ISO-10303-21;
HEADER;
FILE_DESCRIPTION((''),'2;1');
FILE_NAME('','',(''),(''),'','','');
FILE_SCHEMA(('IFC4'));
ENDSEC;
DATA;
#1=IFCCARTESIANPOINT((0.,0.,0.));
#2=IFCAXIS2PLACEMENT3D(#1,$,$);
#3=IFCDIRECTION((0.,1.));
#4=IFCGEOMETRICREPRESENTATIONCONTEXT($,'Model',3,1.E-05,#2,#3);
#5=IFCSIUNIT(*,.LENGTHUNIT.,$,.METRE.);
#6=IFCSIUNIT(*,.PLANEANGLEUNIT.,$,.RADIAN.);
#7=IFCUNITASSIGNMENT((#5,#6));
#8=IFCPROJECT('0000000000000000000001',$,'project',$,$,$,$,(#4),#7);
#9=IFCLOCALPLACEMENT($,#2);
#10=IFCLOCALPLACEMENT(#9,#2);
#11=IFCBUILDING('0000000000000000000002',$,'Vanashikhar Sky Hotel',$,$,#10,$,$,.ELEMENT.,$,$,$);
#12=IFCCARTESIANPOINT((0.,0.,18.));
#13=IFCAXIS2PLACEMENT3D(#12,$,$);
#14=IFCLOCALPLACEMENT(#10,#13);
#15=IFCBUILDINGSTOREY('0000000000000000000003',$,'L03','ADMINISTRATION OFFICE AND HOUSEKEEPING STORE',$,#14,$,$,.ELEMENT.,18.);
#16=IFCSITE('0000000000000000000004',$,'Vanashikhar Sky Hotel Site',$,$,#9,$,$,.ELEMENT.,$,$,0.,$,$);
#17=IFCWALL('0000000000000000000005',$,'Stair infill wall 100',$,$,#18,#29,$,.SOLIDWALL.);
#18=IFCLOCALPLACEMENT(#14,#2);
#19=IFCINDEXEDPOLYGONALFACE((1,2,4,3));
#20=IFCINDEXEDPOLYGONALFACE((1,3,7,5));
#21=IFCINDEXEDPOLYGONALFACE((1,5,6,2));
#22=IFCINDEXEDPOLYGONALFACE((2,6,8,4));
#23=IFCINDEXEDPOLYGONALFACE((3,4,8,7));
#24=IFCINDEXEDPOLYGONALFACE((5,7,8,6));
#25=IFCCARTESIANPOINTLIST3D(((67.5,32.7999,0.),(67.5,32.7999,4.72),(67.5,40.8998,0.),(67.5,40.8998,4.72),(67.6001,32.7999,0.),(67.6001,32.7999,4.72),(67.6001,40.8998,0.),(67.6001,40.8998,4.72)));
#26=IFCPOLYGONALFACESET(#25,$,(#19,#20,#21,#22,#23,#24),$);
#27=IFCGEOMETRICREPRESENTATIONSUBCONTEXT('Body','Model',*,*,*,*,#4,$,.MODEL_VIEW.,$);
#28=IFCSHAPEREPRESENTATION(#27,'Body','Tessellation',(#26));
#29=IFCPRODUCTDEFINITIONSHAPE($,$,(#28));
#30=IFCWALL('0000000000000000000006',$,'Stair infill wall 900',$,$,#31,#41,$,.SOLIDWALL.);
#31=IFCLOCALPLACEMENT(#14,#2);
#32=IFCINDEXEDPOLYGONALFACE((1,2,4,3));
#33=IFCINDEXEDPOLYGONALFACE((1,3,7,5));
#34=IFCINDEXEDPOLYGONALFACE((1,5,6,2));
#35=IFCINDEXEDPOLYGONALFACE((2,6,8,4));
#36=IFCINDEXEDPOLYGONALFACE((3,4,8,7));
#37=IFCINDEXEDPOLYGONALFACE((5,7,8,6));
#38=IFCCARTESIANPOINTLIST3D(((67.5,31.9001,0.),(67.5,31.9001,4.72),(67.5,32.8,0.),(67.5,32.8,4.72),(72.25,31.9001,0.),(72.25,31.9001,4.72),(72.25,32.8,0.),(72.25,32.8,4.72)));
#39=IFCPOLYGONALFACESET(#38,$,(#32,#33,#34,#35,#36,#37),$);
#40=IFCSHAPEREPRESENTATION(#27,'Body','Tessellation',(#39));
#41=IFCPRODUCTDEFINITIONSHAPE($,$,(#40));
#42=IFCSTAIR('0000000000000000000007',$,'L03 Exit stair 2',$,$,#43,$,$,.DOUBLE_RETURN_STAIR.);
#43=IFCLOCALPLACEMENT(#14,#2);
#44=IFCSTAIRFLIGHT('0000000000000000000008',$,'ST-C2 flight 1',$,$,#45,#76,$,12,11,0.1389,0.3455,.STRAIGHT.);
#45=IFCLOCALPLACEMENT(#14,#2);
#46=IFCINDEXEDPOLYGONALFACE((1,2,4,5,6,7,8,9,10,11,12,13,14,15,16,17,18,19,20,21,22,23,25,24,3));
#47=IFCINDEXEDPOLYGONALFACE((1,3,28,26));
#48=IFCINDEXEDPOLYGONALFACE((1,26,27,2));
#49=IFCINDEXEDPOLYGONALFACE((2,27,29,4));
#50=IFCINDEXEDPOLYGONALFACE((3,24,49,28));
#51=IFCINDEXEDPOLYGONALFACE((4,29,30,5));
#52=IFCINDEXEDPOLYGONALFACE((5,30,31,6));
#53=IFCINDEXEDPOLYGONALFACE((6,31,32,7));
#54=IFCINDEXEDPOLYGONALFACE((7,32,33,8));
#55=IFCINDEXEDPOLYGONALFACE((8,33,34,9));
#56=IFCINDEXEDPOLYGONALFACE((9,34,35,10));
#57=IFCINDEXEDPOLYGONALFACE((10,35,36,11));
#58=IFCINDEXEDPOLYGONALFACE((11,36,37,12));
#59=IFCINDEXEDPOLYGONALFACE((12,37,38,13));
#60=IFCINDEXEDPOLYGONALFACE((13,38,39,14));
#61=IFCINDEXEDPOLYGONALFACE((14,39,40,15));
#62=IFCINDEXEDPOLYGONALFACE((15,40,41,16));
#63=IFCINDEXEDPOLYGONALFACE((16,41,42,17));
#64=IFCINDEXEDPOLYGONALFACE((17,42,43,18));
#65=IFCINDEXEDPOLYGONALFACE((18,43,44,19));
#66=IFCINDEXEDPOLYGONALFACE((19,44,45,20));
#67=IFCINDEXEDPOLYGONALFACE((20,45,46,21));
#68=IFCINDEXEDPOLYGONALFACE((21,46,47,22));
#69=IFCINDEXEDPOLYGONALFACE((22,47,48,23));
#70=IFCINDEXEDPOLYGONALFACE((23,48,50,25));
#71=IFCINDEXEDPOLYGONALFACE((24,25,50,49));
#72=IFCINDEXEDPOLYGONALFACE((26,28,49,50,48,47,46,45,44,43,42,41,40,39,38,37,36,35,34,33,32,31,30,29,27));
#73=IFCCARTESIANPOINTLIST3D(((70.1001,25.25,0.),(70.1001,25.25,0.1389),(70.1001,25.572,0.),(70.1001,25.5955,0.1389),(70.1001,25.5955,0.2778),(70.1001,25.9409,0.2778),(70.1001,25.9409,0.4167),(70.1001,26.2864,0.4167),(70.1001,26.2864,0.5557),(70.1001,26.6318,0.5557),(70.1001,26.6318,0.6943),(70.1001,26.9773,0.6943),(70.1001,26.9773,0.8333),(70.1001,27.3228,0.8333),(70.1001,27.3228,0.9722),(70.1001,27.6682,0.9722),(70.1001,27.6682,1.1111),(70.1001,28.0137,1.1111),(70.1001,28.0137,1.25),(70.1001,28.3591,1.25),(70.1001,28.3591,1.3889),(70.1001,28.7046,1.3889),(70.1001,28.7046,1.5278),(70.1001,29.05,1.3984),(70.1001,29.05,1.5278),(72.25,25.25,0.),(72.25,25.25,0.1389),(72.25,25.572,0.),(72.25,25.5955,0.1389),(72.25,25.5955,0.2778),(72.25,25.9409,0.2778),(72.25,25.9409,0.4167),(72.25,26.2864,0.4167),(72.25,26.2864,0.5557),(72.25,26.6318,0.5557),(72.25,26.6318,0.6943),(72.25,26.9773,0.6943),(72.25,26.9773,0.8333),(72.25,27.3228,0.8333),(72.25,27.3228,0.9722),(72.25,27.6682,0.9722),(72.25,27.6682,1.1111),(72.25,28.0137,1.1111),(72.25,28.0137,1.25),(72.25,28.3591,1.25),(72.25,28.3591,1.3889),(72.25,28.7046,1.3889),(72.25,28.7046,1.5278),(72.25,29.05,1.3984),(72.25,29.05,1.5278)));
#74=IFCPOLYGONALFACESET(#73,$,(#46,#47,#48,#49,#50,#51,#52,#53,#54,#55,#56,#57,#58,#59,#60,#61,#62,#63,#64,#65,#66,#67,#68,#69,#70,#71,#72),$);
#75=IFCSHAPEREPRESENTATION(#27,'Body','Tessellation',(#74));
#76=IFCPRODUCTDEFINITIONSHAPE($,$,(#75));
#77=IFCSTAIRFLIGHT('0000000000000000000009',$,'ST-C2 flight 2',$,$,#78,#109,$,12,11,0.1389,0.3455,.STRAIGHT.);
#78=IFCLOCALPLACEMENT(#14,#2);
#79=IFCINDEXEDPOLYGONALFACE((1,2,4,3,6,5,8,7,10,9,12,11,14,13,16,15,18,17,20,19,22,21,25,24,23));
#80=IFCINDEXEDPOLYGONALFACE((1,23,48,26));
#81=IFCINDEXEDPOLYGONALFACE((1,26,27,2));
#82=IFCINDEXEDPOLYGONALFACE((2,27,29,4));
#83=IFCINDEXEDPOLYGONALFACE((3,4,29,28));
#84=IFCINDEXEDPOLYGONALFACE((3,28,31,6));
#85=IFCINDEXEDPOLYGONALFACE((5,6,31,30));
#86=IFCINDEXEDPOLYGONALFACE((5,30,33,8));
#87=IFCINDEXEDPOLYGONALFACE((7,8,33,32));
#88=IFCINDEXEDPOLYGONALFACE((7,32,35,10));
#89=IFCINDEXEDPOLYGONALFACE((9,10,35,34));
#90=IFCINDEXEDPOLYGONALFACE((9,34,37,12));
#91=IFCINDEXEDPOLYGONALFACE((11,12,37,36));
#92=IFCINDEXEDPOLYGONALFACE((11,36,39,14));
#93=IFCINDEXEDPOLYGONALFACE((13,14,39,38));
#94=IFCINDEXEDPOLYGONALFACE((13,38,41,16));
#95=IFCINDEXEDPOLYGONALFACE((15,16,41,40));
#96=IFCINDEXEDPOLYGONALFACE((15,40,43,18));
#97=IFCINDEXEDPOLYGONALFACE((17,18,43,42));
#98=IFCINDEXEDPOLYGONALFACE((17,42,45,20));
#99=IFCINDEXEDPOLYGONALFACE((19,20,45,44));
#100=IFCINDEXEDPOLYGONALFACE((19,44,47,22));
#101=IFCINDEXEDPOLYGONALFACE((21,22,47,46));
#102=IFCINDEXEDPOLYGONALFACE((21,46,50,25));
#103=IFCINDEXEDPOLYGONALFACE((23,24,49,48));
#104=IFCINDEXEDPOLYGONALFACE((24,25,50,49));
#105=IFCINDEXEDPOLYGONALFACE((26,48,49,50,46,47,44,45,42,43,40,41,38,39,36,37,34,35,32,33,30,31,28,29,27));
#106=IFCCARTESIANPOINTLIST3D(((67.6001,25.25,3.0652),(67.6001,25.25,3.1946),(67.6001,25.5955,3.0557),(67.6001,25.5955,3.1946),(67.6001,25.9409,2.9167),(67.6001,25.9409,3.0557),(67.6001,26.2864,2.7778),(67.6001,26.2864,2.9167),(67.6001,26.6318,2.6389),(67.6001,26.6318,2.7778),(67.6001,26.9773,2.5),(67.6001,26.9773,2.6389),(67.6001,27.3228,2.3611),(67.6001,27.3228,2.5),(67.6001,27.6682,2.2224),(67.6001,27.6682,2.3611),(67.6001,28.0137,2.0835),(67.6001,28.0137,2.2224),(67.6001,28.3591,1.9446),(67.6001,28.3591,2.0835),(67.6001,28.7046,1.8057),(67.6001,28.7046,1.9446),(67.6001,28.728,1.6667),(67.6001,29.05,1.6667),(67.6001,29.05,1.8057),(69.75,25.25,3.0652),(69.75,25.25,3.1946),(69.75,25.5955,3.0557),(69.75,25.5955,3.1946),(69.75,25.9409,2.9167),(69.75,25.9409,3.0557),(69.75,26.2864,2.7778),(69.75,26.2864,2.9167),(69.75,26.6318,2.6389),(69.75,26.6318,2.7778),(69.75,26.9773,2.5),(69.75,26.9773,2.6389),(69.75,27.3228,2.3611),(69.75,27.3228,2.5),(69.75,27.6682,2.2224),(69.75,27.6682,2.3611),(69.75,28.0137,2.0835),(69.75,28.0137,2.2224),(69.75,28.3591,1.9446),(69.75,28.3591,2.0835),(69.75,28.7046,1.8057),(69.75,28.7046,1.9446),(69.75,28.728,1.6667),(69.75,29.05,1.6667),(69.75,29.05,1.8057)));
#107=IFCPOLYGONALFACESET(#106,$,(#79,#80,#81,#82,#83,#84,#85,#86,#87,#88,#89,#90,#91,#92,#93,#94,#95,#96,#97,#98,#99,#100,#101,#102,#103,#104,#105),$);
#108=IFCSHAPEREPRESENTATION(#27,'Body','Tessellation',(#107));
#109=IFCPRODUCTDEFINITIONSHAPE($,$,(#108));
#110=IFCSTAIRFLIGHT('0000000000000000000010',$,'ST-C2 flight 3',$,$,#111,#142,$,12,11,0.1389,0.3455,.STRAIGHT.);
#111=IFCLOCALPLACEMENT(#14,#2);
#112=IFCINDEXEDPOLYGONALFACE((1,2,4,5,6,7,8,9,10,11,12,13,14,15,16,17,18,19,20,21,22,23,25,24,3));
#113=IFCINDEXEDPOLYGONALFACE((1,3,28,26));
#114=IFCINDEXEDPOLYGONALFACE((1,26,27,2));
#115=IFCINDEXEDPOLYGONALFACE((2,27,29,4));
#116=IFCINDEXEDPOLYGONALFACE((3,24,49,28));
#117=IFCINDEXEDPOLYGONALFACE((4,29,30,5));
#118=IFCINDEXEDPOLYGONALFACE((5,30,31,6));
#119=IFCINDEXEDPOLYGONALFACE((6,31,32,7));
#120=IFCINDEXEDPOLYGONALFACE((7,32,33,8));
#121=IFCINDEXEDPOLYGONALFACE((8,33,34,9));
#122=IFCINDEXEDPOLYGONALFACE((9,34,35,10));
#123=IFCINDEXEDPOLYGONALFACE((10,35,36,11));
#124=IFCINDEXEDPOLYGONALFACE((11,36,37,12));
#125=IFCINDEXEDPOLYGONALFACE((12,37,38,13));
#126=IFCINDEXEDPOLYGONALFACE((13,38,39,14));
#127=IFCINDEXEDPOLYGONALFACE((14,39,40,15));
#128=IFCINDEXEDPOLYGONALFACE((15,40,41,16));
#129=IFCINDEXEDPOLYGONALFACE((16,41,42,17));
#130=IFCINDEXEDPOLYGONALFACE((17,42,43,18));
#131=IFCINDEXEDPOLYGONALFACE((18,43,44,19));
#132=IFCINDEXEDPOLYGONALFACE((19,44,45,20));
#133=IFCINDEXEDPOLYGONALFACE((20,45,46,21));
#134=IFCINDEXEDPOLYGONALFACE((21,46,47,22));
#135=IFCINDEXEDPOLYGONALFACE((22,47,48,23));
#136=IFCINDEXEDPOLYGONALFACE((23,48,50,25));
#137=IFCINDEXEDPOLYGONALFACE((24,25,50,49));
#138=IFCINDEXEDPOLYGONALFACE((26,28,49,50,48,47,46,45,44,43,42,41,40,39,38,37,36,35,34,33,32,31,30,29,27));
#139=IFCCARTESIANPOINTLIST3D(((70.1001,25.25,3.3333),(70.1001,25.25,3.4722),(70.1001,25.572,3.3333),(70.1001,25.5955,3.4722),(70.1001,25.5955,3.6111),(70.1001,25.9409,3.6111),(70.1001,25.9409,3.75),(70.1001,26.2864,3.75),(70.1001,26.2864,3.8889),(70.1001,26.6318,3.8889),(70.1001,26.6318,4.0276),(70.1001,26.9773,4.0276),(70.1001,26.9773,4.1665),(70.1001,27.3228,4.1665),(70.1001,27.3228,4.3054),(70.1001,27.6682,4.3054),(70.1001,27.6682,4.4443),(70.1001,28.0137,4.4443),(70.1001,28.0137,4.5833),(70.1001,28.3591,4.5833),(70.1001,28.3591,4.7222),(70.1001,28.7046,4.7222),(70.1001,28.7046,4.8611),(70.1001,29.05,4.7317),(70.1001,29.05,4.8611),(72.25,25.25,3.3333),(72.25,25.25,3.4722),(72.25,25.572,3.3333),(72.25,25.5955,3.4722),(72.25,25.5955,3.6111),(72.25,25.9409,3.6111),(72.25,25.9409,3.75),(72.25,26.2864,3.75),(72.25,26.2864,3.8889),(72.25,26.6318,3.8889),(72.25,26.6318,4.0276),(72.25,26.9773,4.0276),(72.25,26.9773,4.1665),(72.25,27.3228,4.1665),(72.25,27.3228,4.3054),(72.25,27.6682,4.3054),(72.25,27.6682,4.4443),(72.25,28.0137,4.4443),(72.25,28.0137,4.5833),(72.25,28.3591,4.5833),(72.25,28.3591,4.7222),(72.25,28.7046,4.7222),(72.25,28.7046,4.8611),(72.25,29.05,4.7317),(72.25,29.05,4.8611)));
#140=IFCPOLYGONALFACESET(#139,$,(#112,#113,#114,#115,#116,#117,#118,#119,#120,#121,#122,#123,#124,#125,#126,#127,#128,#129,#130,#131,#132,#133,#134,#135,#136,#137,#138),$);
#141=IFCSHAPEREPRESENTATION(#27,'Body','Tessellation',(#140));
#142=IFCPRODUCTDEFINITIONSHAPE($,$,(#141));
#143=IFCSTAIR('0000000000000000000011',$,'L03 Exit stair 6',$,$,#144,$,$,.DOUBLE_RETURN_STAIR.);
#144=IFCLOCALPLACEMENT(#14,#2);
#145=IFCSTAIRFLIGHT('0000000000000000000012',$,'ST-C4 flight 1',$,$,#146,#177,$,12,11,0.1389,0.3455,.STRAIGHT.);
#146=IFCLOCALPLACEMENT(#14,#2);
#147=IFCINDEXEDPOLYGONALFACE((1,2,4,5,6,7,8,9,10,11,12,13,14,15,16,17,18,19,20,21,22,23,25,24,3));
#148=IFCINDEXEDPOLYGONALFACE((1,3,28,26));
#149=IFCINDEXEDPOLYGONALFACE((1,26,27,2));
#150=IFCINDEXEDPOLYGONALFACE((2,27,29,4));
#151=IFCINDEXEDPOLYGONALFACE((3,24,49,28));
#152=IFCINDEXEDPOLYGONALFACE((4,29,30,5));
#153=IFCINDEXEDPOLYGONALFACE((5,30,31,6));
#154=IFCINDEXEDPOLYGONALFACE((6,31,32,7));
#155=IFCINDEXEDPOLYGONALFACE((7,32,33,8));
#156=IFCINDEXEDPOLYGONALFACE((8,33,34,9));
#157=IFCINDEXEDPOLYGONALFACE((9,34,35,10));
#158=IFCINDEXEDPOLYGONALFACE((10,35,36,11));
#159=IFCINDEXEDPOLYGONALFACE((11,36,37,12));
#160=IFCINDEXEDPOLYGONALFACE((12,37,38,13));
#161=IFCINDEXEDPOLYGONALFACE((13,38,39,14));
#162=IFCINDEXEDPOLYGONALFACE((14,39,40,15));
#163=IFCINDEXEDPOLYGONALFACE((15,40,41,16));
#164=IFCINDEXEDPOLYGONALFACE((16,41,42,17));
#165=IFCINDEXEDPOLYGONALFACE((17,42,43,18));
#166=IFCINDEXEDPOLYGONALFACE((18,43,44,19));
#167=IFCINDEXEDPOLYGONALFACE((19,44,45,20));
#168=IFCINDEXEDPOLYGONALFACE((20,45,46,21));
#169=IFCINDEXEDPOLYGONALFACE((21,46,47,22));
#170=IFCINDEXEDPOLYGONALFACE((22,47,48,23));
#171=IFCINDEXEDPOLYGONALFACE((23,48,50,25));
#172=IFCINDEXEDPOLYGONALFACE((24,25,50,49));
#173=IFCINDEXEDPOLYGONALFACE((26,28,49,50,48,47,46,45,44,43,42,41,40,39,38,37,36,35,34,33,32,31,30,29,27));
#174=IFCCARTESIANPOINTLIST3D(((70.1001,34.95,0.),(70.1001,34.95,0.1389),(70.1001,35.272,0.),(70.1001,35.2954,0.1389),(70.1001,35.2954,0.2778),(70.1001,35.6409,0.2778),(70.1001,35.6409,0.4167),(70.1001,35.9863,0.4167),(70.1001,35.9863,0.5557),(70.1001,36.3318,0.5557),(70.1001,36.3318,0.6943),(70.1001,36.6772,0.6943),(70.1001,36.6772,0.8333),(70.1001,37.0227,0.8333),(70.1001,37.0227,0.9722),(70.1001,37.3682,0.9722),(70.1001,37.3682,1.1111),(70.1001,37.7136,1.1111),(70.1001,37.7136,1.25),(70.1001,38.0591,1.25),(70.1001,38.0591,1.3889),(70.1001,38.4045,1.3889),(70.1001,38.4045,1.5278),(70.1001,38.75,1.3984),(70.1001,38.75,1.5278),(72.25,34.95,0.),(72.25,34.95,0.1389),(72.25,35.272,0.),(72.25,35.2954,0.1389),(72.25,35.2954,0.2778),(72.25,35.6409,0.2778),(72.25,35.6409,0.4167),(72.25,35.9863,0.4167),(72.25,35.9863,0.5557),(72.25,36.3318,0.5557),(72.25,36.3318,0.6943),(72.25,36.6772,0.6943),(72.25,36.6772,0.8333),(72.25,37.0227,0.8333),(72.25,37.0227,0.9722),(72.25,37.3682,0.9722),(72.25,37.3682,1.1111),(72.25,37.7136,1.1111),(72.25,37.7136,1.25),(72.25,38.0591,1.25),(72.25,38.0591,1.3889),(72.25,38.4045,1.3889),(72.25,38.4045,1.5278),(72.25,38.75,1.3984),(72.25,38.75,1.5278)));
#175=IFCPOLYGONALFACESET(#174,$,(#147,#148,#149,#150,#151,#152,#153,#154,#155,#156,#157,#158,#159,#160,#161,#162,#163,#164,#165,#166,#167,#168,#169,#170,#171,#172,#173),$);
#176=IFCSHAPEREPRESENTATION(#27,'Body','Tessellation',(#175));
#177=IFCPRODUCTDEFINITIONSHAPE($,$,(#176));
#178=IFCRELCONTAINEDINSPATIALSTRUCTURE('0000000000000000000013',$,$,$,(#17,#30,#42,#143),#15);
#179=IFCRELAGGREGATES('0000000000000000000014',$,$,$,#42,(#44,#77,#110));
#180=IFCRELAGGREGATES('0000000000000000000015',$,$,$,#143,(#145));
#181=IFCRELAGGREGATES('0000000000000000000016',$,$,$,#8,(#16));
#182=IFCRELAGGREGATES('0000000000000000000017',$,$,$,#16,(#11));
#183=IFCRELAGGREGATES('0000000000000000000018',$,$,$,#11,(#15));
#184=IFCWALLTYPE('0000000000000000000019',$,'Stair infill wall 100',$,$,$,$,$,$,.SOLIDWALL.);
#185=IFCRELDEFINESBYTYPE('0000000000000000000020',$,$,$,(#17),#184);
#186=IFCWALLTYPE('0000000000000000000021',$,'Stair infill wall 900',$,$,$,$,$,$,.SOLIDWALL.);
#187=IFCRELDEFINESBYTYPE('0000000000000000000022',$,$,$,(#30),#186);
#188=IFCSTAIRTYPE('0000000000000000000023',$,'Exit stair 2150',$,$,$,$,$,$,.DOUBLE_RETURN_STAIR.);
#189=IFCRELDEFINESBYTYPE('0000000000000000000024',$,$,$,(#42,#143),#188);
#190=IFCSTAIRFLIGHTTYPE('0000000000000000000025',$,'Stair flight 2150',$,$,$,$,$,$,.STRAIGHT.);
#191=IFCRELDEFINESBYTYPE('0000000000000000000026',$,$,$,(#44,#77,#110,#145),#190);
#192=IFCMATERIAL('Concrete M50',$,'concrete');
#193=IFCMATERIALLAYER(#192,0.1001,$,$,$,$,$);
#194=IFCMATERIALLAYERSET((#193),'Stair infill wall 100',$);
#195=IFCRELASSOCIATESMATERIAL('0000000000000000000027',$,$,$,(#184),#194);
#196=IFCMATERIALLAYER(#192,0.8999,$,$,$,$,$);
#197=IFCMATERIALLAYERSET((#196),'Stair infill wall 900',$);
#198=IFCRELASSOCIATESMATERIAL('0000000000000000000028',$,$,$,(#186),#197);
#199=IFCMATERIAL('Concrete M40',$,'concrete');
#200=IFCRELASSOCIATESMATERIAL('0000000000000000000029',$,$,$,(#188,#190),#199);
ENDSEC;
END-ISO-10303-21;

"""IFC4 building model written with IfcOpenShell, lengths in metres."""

from ifc_helpers import new_model, si_unit, direction, frame, frame_2d, origin, place, context, subcontext, project, spatial, polyline, rectangle, outline, extrude, source, transform, mapped, material, layer, layer_set, type_object, element, aggregate, save


model = new_model("IFC4")

# Units and contexts
model_context = context("Model", 3, precision=1e-05, world=origin(), true_north=direction((0.0, 1.0)))
body_context = subcontext(model_context, "Body", "Model", "MODEL_VIEW")
ifc_project = project(units=[si_unit("LENGTHUNIT", "METRE"), si_unit("PLANEANGLEUNIT", "RADIAN")], contexts=[model_context])

# Site, building, storey
site_placement = place(None, origin())
site = spatial("IfcSite", under=ifc_project, at=site_placement, Name="Vanashikhar Sky Hotel Site", CompositionType="ELEMENT", RefElevation=0.0)
building_placement = place(site_placement, origin())
building = spatial("IfcBuilding", under=site, at=building_placement, Name="Vanashikhar Sky Hotel", CompositionType="ELEMENT")
storey_placement = place(building_placement, frame((0.0, 0.0, 18.0)))
storey = spatial("IfcBuildingStorey", under=building, at=storey_placement, Name="L03", Description="ADMINISTRATION OFFICE AND HOUSEKEEPING STORE", CompositionType="ELEMENT", Elevation=18.0)

# Walls
ifc_material_1 = material(Name="Concrete M50", Category="concrete")
ifc_layer_1 = layer(ifc_material_1, 0.1001)
ifc_layer_set_1 = layer_set([ifc_layer_1], Name="Stair infill wall 100")
wall_type_1 = type_object("IfcWallType", Name="Stair infill wall 100", PredefinedType="SOLIDWALL", material=ifc_layer_set_1)
shared_shape_1 = source(origin(), body_context, "Body", "SweptSolid", [
    extrude(rectangle(XDim=8.0999, YDim=0.1001, at=frame_2d((4.0498, 0.0))), origin(), (0.0, 0.0, 1.0), 4.72),
])
for number, where, z_axis, x_axis, name in (
    (1, (67.55, 32.8, 0.0), (0.0, 0.0, 1.0), (0.0, 1.0, 0.0), "Stair infill wall 100"),
):
    element("IfcWall", number, at=place(storey_placement, frame(where, z_axis=z_axis, x_axis=x_axis)), inside=storey, type_object=wall_type_1, Name=name, PredefinedType="SOLIDWALL", context=body_context, shape_type="MappedRepresentation", body=[
        mapped(shared_shape_1, transform((0.0, 0.0, 0.0), scale=1.0)),
    ])
ifc_layer_2 = layer(ifc_material_1, 0.8999)
ifc_layer_set_2 = layer_set([ifc_layer_2], Name="Stair infill wall 900")
wall_type_2 = type_object("IfcWallType", Name="Stair infill wall 900", PredefinedType="SOLIDWALL", material=ifc_layer_set_2)
shared_shape_2 = source(origin(), body_context, "Body", "SweptSolid", [
    extrude(rectangle(XDim=4.75, YDim=0.8999, at=frame_2d((2.375, 0.0))), origin(), (0.0, 0.0, 1.0), 4.72),
])
wall_1_placement = place(storey_placement, frame((67.5, 32.3501, 0.0), z_axis=(0.0, 0.0, 1.0), x_axis=(1.0, 0.0, 0.0)))
element("IfcWall", 2, at=wall_1_placement, inside=storey, type_object=wall_type_2, Name="Stair infill wall 900", PredefinedType="SOLIDWALL", context=body_context, shape_type="MappedRepresentation", body=[
    mapped(shared_shape_2, transform((0.0, 0.0, 0.0), scale=1.0)),
])

# Stairs, stair flights
ifc_material_2 = material(Name="Concrete M40", Category="concrete")
stair_type = type_object("IfcStairType", Name="Exit stair 2150", PredefinedType="DOUBLE_RETURN_STAIR", material=ifc_material_2)
stair_1_placement = place(storey_placement, origin())
stair_1 = element("IfcStair", 3, at=stair_1_placement, inside=storey, type_object=stair_type, Name="L03 Exit stair 2", PredefinedType="DOUBLE_RETURN_STAIR")
stair_flight_type = type_object("IfcStairFlightType", Name="Stair flight 2150", PredefinedType="STRAIGHT", material=ifc_material_2)
shared_shape_3 = source(origin(), body_context, "Body", "SweptSolid", [
    extrude(outline(polyline([(0.0, 0.0), (0.0, 0.1389), (0.3455, 0.1389), (0.3455, 0.2778), (0.6909, 0.2778), (0.6909, 0.4167), (1.0364, 0.4167), (1.0364, 0.5557), (1.3818, 0.5557), (1.3818, 0.6943), (1.7273, 0.6943), (1.7273, 0.8333), (2.0728, 0.8333), (2.0728, 0.9722), (2.4182, 0.9722), (2.4182, 1.1111), (2.7637, 1.1111), (2.7637, 1.25), (3.1091, 1.25), (3.1091, 1.3889), (3.4546, 1.3889), (3.4546, 1.5278), (3.8, 1.5278), (3.8, 1.6667), (3.8, 1.3984), (0.322, 0.0), (0.0, 0.0)])), frame((0.0, 1.075, 0.0), z_axis=(0.0, -1.0, 0.0), x_axis=(1.0, 0.0, 0.0)), (0.0, 0.0, 1.0), 2.1499),
])
stair_flight_1_placement = place(storey_placement, frame((71.175, 25.25, 0.0), z_axis=(0.0, 0.0, 1.0), x_axis=(0.0, 1.0, 0.0)))
stair_flight_1 = element("IfcStairFlight", 4, at=stair_flight_1_placement, type_object=stair_flight_type, Name="ST-C2 flight 1", NumberOfRisers=12, NumberOfTreads=11, PredefinedType="STRAIGHT", RiserHeight=0.1389, TreadLength=0.3455, context=body_context, shape_type="MappedRepresentation", body=[
    mapped(shared_shape_3, transform((0.0, 0.0, 0.0), scale=1.0)),
])
stair_flight_2_placement = place(storey_placement, frame((68.675, 29.05, 1.6667), z_axis=(0.0, 0.0, 1.0), x_axis=(0.0, -1.0, 0.0)))
stair_flight_2 = element("IfcStairFlight", 5, at=stair_flight_2_placement, type_object=stair_flight_type, Name="ST-C2 flight 2", NumberOfRisers=12, NumberOfTreads=11, PredefinedType="STRAIGHT", RiserHeight=0.1389, TreadLength=0.3455, context=body_context, shape_type="MappedRepresentation", body=[
    mapped(shared_shape_3, transform((0.0, 0.0, 0.0), scale=1.0)),
])
stair_flight_3_placement = place(storey_placement, frame((71.175, 25.25, 3.3333), z_axis=(0.0, 0.0, 1.0), x_axis=(0.0, 1.0, 0.0)))
stair_flight_3 = element("IfcStairFlight", 6, at=stair_flight_3_placement, type_object=stair_flight_type, Name="ST-C2 flight 3", NumberOfRisers=12, NumberOfTreads=11, PredefinedType="STRAIGHT", RiserHeight=0.1389, TreadLength=0.3455, context=body_context, shape_type="MappedRepresentation", body=[
    mapped(shared_shape_3, transform((0.0, 0.0, 0.0), scale=1.0)),
])
aggregate(stair_1, [stair_flight_1, stair_flight_2, stair_flight_3])
stair_2_placement = place(storey_placement, origin())
stair_2 = element("IfcStair", 7, at=stair_2_placement, inside=storey, type_object=stair_type, Name="L03 Exit stair 6", PredefinedType="DOUBLE_RETURN_STAIR")
stair_flight_4_placement = place(storey_placement, frame((71.175, 34.95, 0.0), z_axis=(0.0, 0.0, 1.0), x_axis=(0.0, 1.0, 0.0)))
stair_flight_4 = element("IfcStairFlight", 8, at=stair_flight_4_placement, type_object=stair_flight_type, Name="ST-C4 flight 1", NumberOfRisers=12, NumberOfTreads=11, PredefinedType="STRAIGHT", RiserHeight=0.1389, TreadLength=0.3455, context=body_context, shape_type="MappedRepresentation", body=[
    mapped(shared_shape_3, transform((0.0, 0.0, 0.0), scale=1.0)),
])
aggregate(stair_2, [stair_flight_4])

save(model, "model.ifc")
